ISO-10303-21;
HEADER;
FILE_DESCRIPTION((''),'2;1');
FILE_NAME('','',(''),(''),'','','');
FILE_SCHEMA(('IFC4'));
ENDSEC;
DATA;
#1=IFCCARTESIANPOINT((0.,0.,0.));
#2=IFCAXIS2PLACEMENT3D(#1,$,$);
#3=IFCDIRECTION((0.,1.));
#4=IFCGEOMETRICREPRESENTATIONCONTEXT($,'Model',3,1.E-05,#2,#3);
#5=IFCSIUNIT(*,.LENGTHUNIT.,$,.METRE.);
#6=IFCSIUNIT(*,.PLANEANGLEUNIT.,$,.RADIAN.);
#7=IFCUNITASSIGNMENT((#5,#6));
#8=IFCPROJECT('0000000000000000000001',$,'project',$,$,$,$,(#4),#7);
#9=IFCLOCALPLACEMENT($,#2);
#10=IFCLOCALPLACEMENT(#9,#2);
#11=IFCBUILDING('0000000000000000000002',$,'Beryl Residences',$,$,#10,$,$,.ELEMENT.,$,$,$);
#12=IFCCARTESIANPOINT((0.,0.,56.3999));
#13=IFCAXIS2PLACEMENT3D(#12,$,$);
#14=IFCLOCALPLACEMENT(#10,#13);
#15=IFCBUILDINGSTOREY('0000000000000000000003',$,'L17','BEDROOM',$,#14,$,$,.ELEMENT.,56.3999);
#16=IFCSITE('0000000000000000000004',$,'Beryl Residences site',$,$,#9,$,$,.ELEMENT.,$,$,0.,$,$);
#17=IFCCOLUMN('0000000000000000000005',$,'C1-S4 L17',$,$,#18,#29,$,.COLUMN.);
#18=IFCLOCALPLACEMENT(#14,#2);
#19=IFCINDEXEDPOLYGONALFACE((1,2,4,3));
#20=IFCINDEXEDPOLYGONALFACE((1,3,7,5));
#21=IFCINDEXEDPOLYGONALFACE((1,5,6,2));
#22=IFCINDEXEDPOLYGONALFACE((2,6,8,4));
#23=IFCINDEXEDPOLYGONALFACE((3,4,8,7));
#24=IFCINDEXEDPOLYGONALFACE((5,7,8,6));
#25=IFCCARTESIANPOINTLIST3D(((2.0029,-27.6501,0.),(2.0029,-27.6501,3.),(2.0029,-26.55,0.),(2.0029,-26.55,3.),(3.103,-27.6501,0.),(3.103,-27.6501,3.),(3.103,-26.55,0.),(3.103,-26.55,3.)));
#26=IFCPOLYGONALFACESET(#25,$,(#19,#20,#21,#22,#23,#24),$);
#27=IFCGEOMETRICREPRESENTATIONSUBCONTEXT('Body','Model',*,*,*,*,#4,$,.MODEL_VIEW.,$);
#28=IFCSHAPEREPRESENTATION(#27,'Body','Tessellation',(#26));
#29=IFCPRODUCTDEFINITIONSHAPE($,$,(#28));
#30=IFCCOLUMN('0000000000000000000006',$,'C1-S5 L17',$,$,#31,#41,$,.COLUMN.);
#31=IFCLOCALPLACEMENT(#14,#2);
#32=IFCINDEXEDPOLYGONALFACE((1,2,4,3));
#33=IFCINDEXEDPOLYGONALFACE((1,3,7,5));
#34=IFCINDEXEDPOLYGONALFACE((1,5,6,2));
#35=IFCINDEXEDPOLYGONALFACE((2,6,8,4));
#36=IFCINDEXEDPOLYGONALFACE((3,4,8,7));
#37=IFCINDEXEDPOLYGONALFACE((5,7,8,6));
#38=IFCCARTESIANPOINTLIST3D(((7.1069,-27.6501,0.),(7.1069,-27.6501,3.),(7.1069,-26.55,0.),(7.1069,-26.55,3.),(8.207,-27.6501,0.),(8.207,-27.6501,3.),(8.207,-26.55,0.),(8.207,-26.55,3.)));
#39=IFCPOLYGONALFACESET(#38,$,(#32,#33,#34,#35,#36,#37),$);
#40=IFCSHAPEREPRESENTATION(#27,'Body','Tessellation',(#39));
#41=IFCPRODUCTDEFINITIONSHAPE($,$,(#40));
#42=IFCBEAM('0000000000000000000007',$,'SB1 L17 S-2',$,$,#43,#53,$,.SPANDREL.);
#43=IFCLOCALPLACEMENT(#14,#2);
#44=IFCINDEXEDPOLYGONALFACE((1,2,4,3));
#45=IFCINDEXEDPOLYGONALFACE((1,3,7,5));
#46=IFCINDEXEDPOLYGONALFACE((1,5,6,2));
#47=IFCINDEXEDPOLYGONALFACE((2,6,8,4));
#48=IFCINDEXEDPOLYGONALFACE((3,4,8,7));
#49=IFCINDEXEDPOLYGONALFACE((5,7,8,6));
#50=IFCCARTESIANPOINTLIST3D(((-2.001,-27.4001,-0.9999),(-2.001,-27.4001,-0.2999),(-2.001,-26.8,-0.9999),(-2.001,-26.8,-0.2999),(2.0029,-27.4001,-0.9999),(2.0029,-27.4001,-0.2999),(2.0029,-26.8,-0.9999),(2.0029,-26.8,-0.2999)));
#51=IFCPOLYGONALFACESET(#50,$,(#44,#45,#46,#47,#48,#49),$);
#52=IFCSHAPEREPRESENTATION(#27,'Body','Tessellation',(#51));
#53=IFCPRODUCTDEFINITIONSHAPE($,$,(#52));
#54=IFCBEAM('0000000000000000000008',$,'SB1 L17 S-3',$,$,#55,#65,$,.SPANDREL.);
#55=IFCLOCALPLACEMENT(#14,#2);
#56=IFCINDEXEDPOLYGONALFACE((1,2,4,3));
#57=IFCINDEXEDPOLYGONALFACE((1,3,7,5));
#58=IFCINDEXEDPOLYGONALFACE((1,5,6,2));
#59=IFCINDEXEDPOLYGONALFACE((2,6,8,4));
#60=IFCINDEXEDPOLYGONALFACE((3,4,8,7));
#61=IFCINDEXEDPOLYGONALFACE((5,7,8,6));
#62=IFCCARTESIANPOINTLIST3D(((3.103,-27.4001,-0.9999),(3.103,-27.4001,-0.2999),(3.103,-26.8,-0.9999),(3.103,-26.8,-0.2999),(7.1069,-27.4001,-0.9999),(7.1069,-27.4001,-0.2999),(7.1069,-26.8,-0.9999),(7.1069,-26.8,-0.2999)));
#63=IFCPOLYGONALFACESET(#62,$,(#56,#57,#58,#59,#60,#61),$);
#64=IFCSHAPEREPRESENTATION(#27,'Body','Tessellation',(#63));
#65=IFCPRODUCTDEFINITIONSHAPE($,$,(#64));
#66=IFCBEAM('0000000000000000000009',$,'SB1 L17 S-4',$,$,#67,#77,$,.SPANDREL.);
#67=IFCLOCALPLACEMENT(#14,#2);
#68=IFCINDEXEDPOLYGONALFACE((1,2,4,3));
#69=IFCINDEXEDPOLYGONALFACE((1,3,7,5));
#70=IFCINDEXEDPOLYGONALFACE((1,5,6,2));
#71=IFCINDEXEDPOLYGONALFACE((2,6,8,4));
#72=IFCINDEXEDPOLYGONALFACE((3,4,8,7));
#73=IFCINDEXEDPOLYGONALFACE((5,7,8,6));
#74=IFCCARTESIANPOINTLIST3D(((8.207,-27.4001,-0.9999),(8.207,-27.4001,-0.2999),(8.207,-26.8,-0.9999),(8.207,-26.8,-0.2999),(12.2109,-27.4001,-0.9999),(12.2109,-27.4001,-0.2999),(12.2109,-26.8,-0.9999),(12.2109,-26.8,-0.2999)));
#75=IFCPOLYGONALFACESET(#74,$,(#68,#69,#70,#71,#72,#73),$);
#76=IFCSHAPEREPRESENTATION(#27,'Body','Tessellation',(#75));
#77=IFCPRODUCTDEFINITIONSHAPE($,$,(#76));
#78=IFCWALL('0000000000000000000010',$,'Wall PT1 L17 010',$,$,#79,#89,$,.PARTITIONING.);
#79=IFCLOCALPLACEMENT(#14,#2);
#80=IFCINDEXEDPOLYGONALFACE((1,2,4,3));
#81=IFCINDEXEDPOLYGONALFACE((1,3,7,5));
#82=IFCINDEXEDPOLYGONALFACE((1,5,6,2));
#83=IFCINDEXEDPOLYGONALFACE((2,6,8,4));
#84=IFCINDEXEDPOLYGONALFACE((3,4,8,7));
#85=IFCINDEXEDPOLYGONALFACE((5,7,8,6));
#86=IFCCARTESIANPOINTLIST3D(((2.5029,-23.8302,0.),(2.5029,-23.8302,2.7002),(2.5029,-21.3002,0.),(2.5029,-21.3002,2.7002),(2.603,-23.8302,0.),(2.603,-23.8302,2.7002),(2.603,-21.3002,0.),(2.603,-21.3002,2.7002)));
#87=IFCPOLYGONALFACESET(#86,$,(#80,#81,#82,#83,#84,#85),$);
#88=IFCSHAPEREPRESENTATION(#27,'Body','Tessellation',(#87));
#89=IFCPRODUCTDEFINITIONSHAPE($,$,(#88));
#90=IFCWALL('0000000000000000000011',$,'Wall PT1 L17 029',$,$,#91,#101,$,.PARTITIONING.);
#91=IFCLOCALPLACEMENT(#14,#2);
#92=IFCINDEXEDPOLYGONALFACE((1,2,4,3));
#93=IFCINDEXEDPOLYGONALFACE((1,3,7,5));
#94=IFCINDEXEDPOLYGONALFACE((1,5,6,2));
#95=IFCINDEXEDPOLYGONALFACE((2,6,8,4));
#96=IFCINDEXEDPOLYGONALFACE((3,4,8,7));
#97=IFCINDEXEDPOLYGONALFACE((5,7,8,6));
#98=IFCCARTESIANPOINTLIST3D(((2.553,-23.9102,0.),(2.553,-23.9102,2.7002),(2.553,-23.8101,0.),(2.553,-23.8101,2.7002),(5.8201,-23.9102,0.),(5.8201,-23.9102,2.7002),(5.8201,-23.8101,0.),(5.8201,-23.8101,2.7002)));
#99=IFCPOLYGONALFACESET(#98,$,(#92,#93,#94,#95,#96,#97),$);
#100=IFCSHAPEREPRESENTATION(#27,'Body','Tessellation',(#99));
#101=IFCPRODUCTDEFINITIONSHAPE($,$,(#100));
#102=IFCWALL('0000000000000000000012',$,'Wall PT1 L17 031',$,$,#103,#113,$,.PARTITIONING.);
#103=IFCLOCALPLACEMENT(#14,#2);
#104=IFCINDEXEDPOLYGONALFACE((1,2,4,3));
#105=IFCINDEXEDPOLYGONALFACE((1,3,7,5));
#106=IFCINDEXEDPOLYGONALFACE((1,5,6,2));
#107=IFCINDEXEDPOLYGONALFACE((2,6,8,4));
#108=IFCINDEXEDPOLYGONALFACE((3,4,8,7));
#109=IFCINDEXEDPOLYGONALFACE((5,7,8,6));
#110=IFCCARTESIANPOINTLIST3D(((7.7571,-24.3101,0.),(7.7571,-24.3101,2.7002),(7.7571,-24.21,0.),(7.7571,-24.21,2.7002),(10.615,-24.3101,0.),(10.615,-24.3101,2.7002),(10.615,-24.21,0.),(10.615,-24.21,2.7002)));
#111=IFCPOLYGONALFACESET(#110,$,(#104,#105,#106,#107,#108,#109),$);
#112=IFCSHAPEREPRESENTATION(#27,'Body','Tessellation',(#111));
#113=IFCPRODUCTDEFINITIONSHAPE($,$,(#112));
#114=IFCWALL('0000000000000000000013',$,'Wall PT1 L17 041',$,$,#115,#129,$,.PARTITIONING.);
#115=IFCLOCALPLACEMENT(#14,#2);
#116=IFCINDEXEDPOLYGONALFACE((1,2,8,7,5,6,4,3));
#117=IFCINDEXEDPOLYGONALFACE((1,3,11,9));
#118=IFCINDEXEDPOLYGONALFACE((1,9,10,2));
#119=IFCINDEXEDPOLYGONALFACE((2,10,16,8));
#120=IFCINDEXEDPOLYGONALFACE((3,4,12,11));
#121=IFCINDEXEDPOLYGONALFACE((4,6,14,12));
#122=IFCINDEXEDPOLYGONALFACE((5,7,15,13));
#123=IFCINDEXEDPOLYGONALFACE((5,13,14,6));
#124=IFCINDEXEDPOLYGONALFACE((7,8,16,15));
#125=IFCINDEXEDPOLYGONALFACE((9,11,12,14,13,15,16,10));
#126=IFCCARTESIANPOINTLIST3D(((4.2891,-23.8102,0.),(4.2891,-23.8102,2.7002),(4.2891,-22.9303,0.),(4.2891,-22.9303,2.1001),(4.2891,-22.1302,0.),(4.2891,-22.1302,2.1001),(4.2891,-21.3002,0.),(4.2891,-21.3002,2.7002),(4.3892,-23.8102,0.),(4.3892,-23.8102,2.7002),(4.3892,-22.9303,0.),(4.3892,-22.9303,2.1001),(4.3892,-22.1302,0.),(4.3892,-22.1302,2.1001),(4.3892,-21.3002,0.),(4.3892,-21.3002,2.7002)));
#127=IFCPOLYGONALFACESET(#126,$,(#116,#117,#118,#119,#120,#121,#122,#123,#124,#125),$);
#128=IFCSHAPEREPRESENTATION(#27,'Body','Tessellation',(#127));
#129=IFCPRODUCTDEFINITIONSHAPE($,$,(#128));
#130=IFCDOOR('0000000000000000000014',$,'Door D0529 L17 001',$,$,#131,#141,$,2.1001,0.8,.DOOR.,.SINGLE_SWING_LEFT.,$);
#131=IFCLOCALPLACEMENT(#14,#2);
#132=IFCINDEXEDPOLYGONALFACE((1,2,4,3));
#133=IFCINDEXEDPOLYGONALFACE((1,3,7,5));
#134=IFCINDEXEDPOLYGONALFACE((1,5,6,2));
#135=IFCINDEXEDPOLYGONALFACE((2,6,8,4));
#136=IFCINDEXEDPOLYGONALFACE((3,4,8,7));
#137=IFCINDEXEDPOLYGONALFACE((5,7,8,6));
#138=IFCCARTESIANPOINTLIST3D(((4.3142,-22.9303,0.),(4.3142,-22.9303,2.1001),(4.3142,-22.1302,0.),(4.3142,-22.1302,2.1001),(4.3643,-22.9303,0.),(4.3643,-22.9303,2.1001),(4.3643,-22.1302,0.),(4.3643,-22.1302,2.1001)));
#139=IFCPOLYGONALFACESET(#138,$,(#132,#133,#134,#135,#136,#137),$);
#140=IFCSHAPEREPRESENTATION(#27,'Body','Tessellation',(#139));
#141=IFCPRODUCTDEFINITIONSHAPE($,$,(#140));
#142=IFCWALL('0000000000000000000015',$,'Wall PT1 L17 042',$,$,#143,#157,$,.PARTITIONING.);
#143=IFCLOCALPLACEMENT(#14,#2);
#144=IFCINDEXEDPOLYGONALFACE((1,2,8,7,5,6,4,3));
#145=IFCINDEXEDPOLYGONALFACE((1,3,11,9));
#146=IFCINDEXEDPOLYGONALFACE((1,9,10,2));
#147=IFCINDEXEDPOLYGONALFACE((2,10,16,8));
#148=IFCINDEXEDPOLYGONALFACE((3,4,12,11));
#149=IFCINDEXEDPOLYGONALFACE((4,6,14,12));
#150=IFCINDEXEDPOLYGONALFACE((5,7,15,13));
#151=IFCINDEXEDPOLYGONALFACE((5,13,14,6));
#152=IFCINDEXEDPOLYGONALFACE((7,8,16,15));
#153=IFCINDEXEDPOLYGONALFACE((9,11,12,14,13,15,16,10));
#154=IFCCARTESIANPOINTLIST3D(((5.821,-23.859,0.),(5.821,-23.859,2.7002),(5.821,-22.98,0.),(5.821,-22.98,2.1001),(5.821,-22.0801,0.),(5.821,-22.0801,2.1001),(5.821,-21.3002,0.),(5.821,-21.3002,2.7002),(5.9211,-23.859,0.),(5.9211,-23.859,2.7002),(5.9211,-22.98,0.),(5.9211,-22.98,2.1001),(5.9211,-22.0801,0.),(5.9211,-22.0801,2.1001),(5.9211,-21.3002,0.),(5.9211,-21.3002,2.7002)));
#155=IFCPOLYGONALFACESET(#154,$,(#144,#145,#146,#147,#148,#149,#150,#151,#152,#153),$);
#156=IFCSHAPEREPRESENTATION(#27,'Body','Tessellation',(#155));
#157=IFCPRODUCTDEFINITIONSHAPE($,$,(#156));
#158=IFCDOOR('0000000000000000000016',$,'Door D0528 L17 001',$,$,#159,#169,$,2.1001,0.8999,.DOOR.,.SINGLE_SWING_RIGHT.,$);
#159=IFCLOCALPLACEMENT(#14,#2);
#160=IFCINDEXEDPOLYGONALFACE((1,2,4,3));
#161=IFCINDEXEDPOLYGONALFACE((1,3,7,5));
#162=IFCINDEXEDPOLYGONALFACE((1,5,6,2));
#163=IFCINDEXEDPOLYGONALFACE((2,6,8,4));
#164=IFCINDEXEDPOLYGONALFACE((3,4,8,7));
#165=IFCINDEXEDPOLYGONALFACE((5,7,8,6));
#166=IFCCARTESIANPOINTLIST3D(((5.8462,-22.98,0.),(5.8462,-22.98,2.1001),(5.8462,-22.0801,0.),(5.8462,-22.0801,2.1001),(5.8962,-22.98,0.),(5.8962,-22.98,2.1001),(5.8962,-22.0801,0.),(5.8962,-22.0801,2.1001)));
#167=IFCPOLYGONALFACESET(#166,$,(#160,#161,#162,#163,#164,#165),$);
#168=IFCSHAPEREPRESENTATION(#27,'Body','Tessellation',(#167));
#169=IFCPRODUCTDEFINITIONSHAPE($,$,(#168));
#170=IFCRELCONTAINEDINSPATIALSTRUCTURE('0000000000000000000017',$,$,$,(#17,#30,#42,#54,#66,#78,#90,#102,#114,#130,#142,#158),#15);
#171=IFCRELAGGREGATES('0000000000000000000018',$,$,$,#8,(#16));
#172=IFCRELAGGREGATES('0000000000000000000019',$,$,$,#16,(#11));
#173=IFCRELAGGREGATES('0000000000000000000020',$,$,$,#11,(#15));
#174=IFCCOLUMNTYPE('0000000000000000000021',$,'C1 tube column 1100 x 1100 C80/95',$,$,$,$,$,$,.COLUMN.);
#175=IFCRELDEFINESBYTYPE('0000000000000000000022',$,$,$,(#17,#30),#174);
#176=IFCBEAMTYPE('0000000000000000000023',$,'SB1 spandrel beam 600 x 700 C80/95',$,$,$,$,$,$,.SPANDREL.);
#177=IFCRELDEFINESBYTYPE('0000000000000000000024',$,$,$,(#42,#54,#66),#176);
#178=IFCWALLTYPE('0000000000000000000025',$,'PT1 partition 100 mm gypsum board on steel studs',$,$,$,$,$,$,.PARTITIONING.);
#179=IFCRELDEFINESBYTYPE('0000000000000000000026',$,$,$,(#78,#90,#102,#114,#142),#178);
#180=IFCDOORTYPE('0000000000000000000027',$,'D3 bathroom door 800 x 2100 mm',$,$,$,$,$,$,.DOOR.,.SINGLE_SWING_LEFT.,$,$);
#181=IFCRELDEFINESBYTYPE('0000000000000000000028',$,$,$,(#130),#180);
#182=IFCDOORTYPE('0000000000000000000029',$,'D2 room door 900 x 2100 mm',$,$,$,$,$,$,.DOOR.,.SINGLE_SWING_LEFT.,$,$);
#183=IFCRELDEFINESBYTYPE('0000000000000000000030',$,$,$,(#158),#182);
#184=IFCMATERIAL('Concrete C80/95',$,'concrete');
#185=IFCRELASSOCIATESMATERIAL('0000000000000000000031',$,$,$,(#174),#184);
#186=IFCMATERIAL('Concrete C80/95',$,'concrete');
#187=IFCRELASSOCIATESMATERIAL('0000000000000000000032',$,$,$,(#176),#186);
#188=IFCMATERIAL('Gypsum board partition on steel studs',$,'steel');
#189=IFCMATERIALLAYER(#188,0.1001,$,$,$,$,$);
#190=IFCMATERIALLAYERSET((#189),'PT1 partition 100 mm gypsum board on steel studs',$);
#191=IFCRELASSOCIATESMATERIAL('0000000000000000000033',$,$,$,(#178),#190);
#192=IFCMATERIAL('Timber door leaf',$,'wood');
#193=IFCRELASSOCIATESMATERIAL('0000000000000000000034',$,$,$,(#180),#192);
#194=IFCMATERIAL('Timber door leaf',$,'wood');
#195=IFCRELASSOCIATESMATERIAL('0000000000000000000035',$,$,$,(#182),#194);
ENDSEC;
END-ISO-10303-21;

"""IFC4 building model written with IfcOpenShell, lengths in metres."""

from ifc_helpers import new_model, si_unit, direction, frame, frame_2d, origin, origin_2d, place, context, subcontext, project, spatial, rectangle, extrude, material, layer, layer_set, material_profile, profile_set, type_object, element, fill, save


model = new_model("IFC4")

# Units and contexts
model_context = context("Model", 3, precision=1e-05, world=origin(), true_north=direction((0.0, 1.0)))
body_context = subcontext(model_context, "Body", "Model", "MODEL_VIEW")
ifc_project = project(units=[si_unit("LENGTHUNIT", "METRE"), si_unit("PLANEANGLEUNIT", "RADIAN")], contexts=[model_context])

# Site, building, storey
site_placement = place(None, origin())
site = spatial("IfcSite", under=ifc_project, at=site_placement, Name="Beryl Residences site", CompositionType="ELEMENT", RefElevation=0.0)
building_placement = place(site_placement, origin())
building = spatial("IfcBuilding", under=site, at=building_placement, Name="Beryl Residences", CompositionType="ELEMENT")
storey_placement = place(building_placement, frame((0.0, 0.0, 56.3999)))
storey = spatial("IfcBuildingStorey", under=building, at=storey_placement, Name="L17", Description="BEDROOM", CompositionType="ELEMENT", Elevation=56.3999)

# Columns
ifc_material_1 = material(Name="Concrete C80/95", Category="concrete")
ifc_material_profile_1 = material_profile(ifc_material_1, rectangle(XDim=1.1001, YDim=1.1001, at=origin_2d()))
ifc_profile_set_1 = profile_set([ifc_material_profile_1], Name="Concrete C80/95")
column_type = type_object("IfcColumnType", Name="C1 tube column 1100 x 1100 C80/95", PredefinedType="COLUMN", material=ifc_profile_set_1)
for number, where, z_axis, x_axis, name in (
    (1, (2.553, -27.1001, 0.0), (0.0, 0.0, 1.0), (1.0, 0.0, 0.0), "C1-S4 L17"),
    (2, (7.657, -27.1001, 0.0), (0.0, 0.0, 1.0), (1.0, 0.0, 0.0), "C1-S5 L17"),
):
    element("IfcColumn", number, at=place(storey_placement, frame(where, z_axis=z_axis, x_axis=x_axis)), inside=storey, type_object=column_type, Name=name, PredefinedType="COLUMN", context=body_context, shape_type="SweptSolid", body=[
        extrude(rectangle(XDim=1.1001, YDim=1.1001, at=origin_2d()), origin(), (0.0, 0.0, 1.0), 3.0),
    ])

# Beams
ifc_material_2 = material(Name="Concrete C80/95", Category="concrete")
ifc_material_profile_2 = material_profile(ifc_material_2, rectangle(XDim=0.6001, YDim=0.7, at=origin_2d()))
ifc_profile_set_2 = profile_set([ifc_material_profile_2], Name="Concrete C80/95")
beam_type = type_object("IfcBeamType", Name="SB1 spandrel beam 600 x 700 C80/95", PredefinedType="SPANDREL", material=ifc_profile_set_2)
for number, where, z_axis, x_axis, name in (
    (3, (-2.001, -27.1001, -0.6499), (1.0, 0.0, 0.0), (0.0, 1.0, 0.0), "SB1 L17 S-2"),
    (4, (3.103, -27.1001, -0.6499), (1.0, 0.0, 0.0), (0.0, 1.0, 0.0), "SB1 L17 S-3"),
    (5, (8.207, -27.1001, -0.6499), (1.0, 0.0, 0.0), (0.0, 1.0, 0.0), "SB1 L17 S-4"),
):
    element("IfcBeam", number, at=place(storey_placement, frame(where, z_axis=z_axis, x_axis=x_axis)), inside=storey, type_object=beam_type, Name=name, PredefinedType="SPANDREL", context=body_context, shape_type="SweptSolid", body=[
        extrude(rectangle(XDim=0.6001, YDim=0.7, at=origin_2d()), origin(), (0.0, 0.0, 1.0), 4.0039),
    ])

# Walls
ifc_material_3 = material(Name="Gypsum board partition on steel studs", Category="steel")
ifc_layer_1 = layer(ifc_material_3, 0.1001)
ifc_layer_set_1 = layer_set([ifc_layer_1], Name="PT1 partition 100 mm gypsum board on steel studs")
wall_type_1 = type_object("IfcWallType", Name="PT1 partition 100 mm gypsum board on steel studs", PredefinedType="PARTITIONING", material=ifc_layer_set_1)
wall_1_placement = place(storey_placement, frame((2.553, -21.3, 0.0), z_axis=(0.0, 0.0, 1.0), x_axis=(0.0, -1.0, 0.0)))
element("IfcWall", 6, at=wall_1_placement, inside=storey, type_object=wall_type_1, Name="Wall PT1 L17 010", PredefinedType="PARTITIONING", context=body_context, shape_type="SweptSolid", body=[
    extrude(rectangle(XDim=2.53, YDim=0.1001, at=frame_2d((1.2651, 0.0))), origin(), (0.0, 0.0, 1.0), 2.7002),
])
wall_2_placement = place(storey_placement, frame((2.553, -23.8601, 0.0), z_axis=(0.0, 0.0, 1.0), x_axis=(1.0, 0.0, 0.0)))
element("IfcWall", 7, at=wall_2_placement, inside=storey, type_object=wall_type_1, Name="Wall PT1 L17 029", PredefinedType="PARTITIONING", context=body_context, shape_type="SweptSolid", body=[
    extrude(rectangle(XDim=3.2671, YDim=0.1001, at=frame_2d((1.6335, 0.0))), origin(), (0.0, 0.0, 1.0), 2.7002),
])
wall_3_placement = place(storey_placement, frame((7.7571, -24.26, 0.0), z_axis=(0.0, 0.0, 1.0), x_axis=(1.0, 0.0, 0.0)))
element("IfcWall", 8, at=wall_3_placement, inside=storey, type_object=wall_type_1, Name="Wall PT1 L17 031", PredefinedType="PARTITIONING", context=body_context, shape_type="SweptSolid", body=[
    extrude(rectangle(XDim=2.8579, YDim=0.1001, at=frame_2d((1.429, 0.0))), origin(), (0.0, 0.0, 1.0), 2.7002),
])

# Walls, openings, doors
wall_4_placement = place(storey_placement, frame((4.3391, -23.8101, 0.0), z_axis=(0.0, 0.0, 1.0), x_axis=(0.0, 1.0, 0.0)))
wall_4 = element("IfcWall", 9, at=wall_4_placement, inside=storey, type_object=wall_type_1, Name="Wall PT1 L17 041", PredefinedType="PARTITIONING", context=body_context, shape_type="SweptSolid", body=[
    extrude(rectangle(XDim=2.51, YDim=0.1001, at=frame_2d((1.2549, 0.0))), origin(), (0.0, 0.0, 1.0), 2.7002),
])
opening_1_placement = place(wall_4_placement, frame((0.8799, 0.0, 0.0)))
opening_1 = element("IfcOpeningElement", 10, at=opening_1_placement, cuts=wall_4, PredefinedType="OPENING", context=body_context, shape_type="SweptSolid", body=[
    extrude(rectangle(XDim=0.8, YDim=2.1001, at=frame_2d((0.3999, 1.05))), frame((0.0, 0.0601, 0.0), z_axis=(0.0, -1.0, 0.0), x_axis=(1.0, 0.0, 0.0)), (0.0, 0.0, 1.0), 0.1201),
])
ifc_material_4 = material(Name="Timber door leaf", Category="wood")
door_type_1 = type_object("IfcDoorType", Name="D3 bathroom door 800 x 2100 mm", OperationType="SINGLE_SWING_LEFT", PredefinedType="DOOR", material=ifc_material_4)
door_1_placement = place(opening_1_placement, origin())
door_1 = element("IfcDoor", 11, at=door_1_placement, inside=storey, type_object=door_type_1, Name="Door D0529 L17 001", OperationType="SINGLE_SWING_LEFT", OverallHeight=2.1001, OverallWidth=0.8, PredefinedType="DOOR", context=body_context, shape_type="SweptSolid", body=[
    extrude(rectangle(XDim=0.8, YDim=2.1001, at=frame_2d((0.3999, 1.05))), frame((0.0, 0.0249, 0.0), z_axis=(0.0, -1.0, 0.0), x_axis=(1.0, 0.0, 0.0)), (0.0, 0.0, 1.0), 0.05),
])
fill(opening_1, door_1)
wall_5_placement = place(storey_placement, frame((5.8711, -23.8589, 0.0), z_axis=(0.0, 0.0, 1.0), x_axis=(0.0, 1.0, 0.0)))
wall_5 = element("IfcWall", 12, at=wall_5_placement, inside=storey, type_object=wall_type_1, Name="Wall PT1 L17 042", PredefinedType="PARTITIONING", context=body_context, shape_type="SweptSolid", body=[
    extrude(rectangle(XDim=2.5588, YDim=0.1001, at=frame_2d((1.2793, 0.0))), origin(), (0.0, 0.0, 1.0), 2.7002),
])
opening_2_placement = place(wall_5_placement, frame((0.8789, 0.0, 0.0)))
opening_2 = element("IfcOpeningElement", 13, at=opening_2_placement, cuts=wall_5, PredefinedType="OPENING", context=body_context, shape_type="SweptSolid", body=[
    extrude(rectangle(XDim=0.8999, YDim=2.1001, at=frame_2d((0.45, 1.05))), frame((0.0, 0.0601, 0.0), z_axis=(0.0, -1.0, 0.0), x_axis=(1.0, 0.0, 0.0)), (0.0, 0.0, 1.0), 0.1201),
])
ifc_material_5 = material(Name="Timber door leaf", Category="wood")
door_type_2 = type_object("IfcDoorType", Name="D2 room door 900 x 2100 mm", OperationType="SINGLE_SWING_LEFT", PredefinedType="DOOR", material=ifc_material_5)
door_2_placement = place(opening_2_placement, origin())
door_2 = element("IfcDoor", 14, at=door_2_placement, inside=storey, type_object=door_type_2, Name="Door D0528 L17 001", OperationType="SINGLE_SWING_RIGHT", OverallHeight=2.1001, OverallWidth=0.8999, PredefinedType="DOOR", context=body_context, shape_type="SweptSolid", body=[
    extrude(rectangle(XDim=0.8999, YDim=2.1001, at=frame_2d((0.45, 1.05))), frame((0.0, 0.0249, 0.0), z_axis=(0.0, -1.0, 0.0), x_axis=(1.0, 0.0, 0.0)), (0.0, 0.0, 1.0), 0.05),
])
fill(opening_2, door_2)

save(model, "model.ifc")
